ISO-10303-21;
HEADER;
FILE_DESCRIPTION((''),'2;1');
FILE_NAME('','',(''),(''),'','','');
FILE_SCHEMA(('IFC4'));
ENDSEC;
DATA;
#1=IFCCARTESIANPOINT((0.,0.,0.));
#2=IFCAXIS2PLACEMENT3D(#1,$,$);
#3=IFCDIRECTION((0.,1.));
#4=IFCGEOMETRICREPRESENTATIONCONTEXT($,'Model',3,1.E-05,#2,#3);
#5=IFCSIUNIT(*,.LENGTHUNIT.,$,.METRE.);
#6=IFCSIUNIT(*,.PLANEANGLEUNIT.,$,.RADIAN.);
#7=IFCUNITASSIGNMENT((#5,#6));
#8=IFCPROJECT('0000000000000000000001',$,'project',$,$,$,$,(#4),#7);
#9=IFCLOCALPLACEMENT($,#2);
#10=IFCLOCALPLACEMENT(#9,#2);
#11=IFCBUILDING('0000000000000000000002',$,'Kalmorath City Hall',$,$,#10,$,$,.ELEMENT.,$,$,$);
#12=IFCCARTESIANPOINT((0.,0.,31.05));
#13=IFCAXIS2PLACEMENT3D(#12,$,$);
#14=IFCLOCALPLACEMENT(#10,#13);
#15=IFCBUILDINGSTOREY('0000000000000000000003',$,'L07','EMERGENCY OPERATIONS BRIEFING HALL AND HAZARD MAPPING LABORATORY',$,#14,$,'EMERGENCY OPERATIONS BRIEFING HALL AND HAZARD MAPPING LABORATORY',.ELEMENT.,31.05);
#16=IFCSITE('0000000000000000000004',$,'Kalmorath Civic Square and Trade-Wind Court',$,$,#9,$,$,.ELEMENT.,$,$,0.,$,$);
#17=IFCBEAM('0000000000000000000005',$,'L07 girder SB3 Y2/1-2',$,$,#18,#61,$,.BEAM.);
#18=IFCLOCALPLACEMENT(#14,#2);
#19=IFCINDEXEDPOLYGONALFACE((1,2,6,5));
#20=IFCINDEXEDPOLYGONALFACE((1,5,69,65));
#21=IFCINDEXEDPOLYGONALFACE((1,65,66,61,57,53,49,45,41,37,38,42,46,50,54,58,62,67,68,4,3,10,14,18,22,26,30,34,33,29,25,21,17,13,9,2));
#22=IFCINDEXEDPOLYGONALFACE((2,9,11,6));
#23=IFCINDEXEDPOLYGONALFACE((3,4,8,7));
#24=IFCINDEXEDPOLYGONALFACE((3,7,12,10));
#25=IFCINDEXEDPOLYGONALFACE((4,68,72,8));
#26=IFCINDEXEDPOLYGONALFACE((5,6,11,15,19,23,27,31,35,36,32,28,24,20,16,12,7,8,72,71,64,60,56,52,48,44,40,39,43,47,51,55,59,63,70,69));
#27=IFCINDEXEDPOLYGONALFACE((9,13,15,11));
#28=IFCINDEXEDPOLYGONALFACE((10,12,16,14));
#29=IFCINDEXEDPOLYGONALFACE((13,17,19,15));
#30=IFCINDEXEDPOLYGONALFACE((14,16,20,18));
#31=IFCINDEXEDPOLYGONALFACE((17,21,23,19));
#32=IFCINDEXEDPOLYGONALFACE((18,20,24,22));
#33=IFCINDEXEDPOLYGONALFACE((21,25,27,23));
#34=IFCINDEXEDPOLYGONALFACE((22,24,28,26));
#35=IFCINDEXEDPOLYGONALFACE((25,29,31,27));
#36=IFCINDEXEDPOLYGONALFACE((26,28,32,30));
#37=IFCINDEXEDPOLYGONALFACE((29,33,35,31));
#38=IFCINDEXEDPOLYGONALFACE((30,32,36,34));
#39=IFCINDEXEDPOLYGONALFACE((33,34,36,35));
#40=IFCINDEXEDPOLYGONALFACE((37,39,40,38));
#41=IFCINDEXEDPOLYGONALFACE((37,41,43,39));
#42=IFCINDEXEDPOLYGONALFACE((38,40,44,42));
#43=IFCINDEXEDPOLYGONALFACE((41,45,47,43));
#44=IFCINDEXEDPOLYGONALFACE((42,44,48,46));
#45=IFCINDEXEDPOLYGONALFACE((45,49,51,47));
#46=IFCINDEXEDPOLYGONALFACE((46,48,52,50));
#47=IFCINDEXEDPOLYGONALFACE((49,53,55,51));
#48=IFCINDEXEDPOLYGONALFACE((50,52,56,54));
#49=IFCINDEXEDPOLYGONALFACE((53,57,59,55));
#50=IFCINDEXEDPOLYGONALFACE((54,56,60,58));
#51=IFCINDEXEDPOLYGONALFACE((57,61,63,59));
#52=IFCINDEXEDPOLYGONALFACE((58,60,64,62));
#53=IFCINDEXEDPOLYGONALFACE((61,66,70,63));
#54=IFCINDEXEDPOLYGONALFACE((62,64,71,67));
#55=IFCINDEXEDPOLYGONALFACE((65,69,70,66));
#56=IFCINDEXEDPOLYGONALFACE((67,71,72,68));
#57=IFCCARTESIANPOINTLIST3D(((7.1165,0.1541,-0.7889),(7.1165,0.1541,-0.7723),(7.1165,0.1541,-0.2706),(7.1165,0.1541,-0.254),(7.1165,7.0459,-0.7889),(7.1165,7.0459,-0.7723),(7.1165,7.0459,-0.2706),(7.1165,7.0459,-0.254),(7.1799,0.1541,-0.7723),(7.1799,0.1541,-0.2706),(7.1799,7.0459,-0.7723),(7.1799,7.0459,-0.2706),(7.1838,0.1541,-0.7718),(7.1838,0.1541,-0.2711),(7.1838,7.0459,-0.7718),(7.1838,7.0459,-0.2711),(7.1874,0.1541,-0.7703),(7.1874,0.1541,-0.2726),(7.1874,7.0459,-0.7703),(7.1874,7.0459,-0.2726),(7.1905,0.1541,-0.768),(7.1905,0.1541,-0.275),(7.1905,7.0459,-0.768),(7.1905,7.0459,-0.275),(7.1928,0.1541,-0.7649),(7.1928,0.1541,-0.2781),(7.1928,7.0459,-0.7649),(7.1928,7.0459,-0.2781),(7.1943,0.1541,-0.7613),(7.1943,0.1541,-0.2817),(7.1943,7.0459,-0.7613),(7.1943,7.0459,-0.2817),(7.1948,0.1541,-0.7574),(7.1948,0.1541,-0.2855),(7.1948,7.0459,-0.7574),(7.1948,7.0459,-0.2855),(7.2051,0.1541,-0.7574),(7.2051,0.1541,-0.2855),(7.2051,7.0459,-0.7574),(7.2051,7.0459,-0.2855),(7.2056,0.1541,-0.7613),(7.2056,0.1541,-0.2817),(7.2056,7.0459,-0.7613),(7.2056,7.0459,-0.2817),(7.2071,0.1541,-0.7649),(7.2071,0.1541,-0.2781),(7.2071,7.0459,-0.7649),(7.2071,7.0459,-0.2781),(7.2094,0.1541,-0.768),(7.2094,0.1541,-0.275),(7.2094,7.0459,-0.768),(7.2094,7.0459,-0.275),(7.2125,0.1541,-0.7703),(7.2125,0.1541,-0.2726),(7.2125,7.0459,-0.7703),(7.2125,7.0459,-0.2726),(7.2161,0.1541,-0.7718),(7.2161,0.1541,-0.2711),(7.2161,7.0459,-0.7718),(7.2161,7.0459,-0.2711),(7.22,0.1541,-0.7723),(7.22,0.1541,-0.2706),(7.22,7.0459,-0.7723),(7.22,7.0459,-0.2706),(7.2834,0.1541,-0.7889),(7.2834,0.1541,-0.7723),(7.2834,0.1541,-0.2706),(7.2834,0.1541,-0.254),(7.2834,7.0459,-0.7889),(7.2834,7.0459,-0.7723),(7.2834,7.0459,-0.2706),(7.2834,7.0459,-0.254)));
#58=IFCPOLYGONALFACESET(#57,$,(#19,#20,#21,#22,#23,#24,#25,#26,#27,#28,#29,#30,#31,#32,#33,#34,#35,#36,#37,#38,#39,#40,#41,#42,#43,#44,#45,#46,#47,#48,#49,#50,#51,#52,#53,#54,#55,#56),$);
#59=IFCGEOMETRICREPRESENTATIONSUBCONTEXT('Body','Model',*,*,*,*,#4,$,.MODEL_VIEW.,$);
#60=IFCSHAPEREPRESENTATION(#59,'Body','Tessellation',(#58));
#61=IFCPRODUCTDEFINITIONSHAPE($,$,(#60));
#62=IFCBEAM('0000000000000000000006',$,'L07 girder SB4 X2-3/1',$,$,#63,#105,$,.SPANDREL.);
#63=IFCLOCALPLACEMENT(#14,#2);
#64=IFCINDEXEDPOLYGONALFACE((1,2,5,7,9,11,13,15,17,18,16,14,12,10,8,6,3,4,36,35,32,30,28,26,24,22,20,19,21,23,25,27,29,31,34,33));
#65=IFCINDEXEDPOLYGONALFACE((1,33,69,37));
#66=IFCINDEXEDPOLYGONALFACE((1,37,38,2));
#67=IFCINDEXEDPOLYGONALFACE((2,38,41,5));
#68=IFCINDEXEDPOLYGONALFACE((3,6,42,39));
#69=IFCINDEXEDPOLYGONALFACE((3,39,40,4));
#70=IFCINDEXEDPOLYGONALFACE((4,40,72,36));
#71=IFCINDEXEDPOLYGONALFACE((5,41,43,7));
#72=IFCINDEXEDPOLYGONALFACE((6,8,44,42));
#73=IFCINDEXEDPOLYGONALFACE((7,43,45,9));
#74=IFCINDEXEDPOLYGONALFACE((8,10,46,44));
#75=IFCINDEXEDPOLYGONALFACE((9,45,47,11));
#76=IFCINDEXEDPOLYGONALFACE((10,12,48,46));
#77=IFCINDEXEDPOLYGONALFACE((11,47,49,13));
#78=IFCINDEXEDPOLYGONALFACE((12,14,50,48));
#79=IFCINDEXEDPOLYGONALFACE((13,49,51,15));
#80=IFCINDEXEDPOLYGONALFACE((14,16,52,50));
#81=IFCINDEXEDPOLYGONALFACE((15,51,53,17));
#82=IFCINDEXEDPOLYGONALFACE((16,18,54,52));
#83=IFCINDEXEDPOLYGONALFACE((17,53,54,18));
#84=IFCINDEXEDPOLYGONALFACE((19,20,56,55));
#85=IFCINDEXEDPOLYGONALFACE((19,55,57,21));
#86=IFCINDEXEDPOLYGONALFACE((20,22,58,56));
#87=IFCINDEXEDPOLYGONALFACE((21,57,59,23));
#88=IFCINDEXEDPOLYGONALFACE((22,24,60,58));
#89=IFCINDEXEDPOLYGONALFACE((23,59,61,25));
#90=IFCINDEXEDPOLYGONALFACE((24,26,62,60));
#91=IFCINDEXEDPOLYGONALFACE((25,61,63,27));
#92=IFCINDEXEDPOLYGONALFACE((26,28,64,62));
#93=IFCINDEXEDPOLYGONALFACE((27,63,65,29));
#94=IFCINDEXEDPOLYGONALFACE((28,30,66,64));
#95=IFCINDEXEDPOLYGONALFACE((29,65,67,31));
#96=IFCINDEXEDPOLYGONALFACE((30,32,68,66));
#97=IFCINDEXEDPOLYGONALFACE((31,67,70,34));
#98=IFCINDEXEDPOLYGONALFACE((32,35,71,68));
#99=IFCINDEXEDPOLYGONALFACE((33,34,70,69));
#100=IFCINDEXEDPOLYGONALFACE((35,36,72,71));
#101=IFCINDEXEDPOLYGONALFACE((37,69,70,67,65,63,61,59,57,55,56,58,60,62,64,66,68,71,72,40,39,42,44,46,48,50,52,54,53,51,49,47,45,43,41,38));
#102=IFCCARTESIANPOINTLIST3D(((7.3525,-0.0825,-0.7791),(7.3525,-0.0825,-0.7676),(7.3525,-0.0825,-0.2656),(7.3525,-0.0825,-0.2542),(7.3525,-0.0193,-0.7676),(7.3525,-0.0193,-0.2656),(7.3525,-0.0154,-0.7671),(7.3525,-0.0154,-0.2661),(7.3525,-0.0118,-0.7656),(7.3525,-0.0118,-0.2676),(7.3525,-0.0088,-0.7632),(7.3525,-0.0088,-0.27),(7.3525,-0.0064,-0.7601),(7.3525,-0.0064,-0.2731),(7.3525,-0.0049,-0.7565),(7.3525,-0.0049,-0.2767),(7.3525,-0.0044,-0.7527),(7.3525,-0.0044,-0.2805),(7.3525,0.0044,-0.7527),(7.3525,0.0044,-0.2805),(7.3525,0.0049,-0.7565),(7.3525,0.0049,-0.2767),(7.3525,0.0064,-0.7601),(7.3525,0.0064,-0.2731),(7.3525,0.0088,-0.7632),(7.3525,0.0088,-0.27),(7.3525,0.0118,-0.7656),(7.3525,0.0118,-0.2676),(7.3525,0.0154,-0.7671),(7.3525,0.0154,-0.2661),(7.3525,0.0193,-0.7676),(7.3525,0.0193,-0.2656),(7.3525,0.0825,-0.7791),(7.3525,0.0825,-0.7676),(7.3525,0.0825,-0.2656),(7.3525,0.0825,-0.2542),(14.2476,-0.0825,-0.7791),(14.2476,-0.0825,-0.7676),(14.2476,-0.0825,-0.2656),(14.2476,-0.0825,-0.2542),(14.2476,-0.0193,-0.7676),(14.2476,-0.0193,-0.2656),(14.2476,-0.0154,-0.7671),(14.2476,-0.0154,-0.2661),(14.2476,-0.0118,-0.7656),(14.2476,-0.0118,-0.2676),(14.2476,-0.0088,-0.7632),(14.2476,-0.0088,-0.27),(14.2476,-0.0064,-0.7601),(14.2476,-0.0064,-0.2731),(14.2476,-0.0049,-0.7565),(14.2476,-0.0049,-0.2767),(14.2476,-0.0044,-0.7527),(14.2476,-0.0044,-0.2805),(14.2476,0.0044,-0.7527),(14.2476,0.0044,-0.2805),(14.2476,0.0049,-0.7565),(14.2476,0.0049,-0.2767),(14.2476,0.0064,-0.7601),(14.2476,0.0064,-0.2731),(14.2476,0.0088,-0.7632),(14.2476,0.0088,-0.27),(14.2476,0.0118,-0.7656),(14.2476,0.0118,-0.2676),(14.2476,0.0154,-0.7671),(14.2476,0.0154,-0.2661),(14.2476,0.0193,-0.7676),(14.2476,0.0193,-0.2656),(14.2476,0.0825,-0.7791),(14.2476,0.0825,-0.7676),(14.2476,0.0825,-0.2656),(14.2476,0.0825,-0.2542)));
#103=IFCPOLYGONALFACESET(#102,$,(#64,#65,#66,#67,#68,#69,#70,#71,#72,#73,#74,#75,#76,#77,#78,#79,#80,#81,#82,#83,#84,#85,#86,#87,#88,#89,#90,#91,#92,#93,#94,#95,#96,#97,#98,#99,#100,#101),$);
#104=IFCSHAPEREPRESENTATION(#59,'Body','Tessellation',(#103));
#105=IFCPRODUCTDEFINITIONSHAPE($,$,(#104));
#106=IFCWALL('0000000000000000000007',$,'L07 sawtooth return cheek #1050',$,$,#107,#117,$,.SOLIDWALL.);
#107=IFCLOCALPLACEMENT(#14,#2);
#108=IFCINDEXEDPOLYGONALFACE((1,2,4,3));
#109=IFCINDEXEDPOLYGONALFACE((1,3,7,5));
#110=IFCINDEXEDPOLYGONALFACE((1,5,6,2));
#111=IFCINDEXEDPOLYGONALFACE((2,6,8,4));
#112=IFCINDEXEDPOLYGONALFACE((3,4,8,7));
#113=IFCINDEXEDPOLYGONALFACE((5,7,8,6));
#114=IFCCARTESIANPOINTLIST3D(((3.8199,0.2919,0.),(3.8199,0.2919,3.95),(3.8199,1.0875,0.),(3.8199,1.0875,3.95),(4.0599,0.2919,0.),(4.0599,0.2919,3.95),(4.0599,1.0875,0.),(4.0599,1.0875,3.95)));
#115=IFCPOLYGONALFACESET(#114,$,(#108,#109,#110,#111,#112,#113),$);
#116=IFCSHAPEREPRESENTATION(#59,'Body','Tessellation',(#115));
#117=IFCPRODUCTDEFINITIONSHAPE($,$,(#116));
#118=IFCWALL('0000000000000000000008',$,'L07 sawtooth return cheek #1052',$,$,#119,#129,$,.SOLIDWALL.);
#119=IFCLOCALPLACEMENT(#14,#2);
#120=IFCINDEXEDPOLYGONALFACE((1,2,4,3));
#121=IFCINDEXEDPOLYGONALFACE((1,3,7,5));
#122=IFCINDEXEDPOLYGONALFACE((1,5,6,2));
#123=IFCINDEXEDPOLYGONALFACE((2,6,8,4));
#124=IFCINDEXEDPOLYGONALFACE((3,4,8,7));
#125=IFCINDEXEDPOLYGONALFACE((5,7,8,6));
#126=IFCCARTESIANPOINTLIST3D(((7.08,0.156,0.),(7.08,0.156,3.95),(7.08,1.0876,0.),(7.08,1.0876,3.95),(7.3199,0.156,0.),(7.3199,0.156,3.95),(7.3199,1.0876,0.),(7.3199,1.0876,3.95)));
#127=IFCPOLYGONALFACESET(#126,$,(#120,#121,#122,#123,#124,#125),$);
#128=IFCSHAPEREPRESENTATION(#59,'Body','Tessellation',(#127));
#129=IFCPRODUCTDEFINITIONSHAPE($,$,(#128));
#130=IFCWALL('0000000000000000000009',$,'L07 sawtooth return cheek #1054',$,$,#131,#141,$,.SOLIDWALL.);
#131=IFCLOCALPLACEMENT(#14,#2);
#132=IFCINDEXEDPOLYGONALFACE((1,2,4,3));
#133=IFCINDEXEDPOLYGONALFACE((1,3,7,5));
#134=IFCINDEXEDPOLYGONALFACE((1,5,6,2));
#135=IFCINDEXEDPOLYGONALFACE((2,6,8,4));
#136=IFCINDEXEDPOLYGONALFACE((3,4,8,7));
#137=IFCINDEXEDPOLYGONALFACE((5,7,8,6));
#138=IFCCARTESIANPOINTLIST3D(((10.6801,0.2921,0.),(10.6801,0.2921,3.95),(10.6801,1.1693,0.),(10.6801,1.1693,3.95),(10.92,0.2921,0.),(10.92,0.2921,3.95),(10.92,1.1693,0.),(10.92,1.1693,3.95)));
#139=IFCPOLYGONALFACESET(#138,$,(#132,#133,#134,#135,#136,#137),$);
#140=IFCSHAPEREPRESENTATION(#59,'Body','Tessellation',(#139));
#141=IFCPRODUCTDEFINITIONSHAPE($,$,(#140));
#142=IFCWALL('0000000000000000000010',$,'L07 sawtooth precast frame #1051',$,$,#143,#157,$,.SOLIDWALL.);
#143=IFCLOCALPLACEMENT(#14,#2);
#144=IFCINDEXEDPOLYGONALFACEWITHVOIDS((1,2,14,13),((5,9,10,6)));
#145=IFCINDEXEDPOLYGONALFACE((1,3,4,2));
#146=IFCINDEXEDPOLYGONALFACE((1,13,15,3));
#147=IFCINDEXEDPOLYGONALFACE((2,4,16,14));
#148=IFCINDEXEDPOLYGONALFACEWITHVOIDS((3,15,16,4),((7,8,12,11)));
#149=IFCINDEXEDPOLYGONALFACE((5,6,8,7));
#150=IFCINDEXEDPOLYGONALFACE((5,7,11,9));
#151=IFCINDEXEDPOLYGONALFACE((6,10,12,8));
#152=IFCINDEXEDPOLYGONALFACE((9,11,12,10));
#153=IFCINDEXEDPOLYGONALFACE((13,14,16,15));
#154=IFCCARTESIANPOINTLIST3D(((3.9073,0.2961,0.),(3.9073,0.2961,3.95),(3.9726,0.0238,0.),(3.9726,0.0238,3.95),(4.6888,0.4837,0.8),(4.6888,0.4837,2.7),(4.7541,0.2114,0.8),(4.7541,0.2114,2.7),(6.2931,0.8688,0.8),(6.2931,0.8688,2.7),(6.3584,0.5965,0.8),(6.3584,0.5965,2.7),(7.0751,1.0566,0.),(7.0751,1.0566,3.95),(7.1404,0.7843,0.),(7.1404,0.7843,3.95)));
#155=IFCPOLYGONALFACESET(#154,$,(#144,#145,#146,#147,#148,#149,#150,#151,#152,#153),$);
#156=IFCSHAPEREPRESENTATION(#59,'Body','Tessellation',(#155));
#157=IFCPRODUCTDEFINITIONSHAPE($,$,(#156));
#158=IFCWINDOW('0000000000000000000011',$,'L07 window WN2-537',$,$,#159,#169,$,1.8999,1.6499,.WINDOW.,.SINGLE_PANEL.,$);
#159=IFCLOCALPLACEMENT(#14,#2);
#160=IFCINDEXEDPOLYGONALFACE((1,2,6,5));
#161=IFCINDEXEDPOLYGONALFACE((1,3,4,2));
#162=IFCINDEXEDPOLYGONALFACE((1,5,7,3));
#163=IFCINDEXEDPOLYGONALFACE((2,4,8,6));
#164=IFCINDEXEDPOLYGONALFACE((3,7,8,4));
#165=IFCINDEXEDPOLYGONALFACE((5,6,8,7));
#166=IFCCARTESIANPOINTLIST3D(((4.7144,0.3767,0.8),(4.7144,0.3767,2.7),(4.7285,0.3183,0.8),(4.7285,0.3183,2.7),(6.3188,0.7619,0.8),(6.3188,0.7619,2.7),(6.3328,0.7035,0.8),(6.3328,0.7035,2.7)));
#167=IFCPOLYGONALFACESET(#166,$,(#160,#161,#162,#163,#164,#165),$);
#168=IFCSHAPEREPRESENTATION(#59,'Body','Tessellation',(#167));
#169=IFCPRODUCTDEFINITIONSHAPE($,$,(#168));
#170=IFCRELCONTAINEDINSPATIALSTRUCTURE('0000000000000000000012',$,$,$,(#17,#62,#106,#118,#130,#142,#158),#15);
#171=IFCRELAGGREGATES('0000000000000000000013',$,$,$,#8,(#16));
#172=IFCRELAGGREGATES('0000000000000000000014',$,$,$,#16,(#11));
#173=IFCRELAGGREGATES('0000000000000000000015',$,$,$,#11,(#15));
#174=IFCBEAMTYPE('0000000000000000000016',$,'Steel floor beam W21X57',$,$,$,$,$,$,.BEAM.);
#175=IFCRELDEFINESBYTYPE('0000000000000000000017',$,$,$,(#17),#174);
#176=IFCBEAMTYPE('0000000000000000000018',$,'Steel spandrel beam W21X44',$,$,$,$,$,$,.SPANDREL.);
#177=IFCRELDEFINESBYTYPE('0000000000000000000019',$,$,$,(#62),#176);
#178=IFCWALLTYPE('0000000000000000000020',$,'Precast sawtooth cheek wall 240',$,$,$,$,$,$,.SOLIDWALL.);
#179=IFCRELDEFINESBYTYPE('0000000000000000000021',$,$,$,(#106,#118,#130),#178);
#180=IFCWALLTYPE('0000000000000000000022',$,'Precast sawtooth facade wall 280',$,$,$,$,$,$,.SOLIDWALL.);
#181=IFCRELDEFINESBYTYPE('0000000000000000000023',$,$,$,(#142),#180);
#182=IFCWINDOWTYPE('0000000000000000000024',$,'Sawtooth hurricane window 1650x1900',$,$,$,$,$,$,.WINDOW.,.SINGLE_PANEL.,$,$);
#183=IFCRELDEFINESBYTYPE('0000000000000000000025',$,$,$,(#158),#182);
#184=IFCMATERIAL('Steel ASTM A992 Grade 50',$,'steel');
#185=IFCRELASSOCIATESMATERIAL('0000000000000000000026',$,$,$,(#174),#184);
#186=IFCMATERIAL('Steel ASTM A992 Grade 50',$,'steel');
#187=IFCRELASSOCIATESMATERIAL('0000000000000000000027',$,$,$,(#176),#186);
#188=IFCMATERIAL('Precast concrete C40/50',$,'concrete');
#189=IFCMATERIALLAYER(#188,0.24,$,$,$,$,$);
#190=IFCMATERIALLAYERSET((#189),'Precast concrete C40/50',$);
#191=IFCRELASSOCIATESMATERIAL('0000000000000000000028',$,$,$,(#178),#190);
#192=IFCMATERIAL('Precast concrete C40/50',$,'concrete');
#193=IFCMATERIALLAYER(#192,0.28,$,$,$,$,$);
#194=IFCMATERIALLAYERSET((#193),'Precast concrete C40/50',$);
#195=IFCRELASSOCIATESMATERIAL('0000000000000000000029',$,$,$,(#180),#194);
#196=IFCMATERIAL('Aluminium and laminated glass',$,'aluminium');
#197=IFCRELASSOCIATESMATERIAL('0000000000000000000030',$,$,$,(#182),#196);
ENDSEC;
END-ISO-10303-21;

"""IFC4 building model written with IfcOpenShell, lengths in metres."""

from ifc_helpers import new_model, si_unit, direction, frame, frame_2d, origin, origin_2d, place, context, subcontext, project, spatial, rectangle, i_section, extrude, material, layer, layer_set, material_profile, profile_set, type_object, element, fill, save


model = new_model("IFC4")

# Units and contexts
model_context = context("Model", 3, precision=1e-05, world=origin(), true_north=direction((0.0, 1.0)))
body_context = subcontext(model_context, "Body", "Model", "MODEL_VIEW")
ifc_project = project(units=[si_unit("LENGTHUNIT", "METRE"), si_unit("PLANEANGLEUNIT", "RADIAN")], contexts=[model_context])

# Site, building, storey
site_placement = place(None, origin())
site = spatial("IfcSite", under=ifc_project, at=site_placement, Name="Kalmorath Civic Square and Trade-Wind Court", CompositionType="ELEMENT", RefElevation=0.0)
building_placement = place(site_placement, origin())
building = spatial("IfcBuilding", under=site, at=building_placement, Name="Kalmorath City Hall", CompositionType="ELEMENT")
storey_placement = place(building_placement, frame((0.0, 0.0, 31.05)))
storey = spatial("IfcBuildingStorey", under=building, at=storey_placement, Name="L07", Description="EMERGENCY OPERATIONS BRIEFING HALL AND HAZARD MAPPING LABORATORY", LongName="EMERGENCY OPERATIONS BRIEFING HALL AND HAZARD MAPPING LABORATORY", CompositionType="ELEMENT", Elevation=31.05)

# Beams
ifc_material_1 = material(Name="Steel ASTM A992 Grade 50", Category="steel")
ifc_material_profile_1 = material_profile(ifc_material_1, i_section(OverallWidth=0.167, OverallDepth=0.5349, WebThickness=0.0103, FlangeThickness=0.0166, FilletRadius=0.0149, at=origin_2d()), Name="W21X57")
ifc_profile_set_1 = profile_set([ifc_material_profile_1], Name="Steel ASTM A992 Grade 50")
beam_type_1 = type_object("IfcBeamType", Name="Steel floor beam W21X57", PredefinedType="BEAM", material=ifc_profile_set_1)
beam_1_placement = place(storey_placement, frame((7.2, 0.1541, -0.5215), z_axis=(0.0, 1.0, 0.0), x_axis=(-1.0, 0.0, 0.0)))
element("IfcBeam", 1, at=beam_1_placement, inside=storey, type_object=beam_type_1, Name="L07 girder SB3 Y2/1-2", PredefinedType="BEAM", context=body_context, shape_type="SweptSolid", body=[
    extrude(i_section(OverallWidth=0.167, OverallDepth=0.5349, WebThickness=0.0103, FlangeThickness=0.0166, FilletRadius=0.0149, at=origin_2d()), origin(), (0.0, 0.0, 1.0), 6.8918),
])
ifc_material_2 = material(Name="Steel ASTM A992 Grade 50", Category="steel")
ifc_material_profile_2 = material_profile(ifc_material_2, i_section(OverallWidth=0.165, OverallDepth=0.5249, WebThickness=0.0088, FlangeThickness=0.0115, FilletRadius=0.0149, at=origin_2d()), Name="W21X44")
ifc_profile_set_2 = profile_set([ifc_material_profile_2], Name="Steel ASTM A992 Grade 50")
beam_type_2 = type_object("IfcBeamType", Name="Steel spandrel beam W21X44", PredefinedType="SPANDREL", material=ifc_profile_set_2)
beam_2_placement = place(storey_placement, frame((7.3525, 0.0, -0.5166), z_axis=(1.0, 0.0, 0.0), x_axis=(0.0, 1.0, 0.0)))
element("IfcBeam", 2, at=beam_2_placement, inside=storey, type_object=beam_type_2, Name="L07 girder SB4 X2-3/1", PredefinedType="SPANDREL", context=body_context, shape_type="SweptSolid", body=[
    extrude(i_section(OverallWidth=0.165, OverallDepth=0.5249, WebThickness=0.0088, FlangeThickness=0.0115, FilletRadius=0.0149, at=origin_2d()), origin(), (0.0, 0.0, 1.0), 6.895),
])

# Walls
ifc_material_3 = material(Name="Precast concrete C40/50", Category="concrete")
ifc_layer_1 = layer(ifc_material_3, 0.24)
ifc_layer_set_1 = layer_set([ifc_layer_1], Name="Precast concrete C40/50")
wall_type_1 = type_object("IfcWallType", Name="Precast sawtooth cheek wall 240", PredefinedType="SOLIDWALL", material=ifc_layer_set_1)
wall_1_placement = place(storey_placement, frame((3.9399, 1.0876, 0.0), z_axis=(0.0, 0.0, 1.0), x_axis=(0.0, -1.0, 0.0)))
element("IfcWall", 3, at=wall_1_placement, inside=storey, type_object=wall_type_1, Name="L07 sawtooth return cheek #1050", PredefinedType="SOLIDWALL", context=body_context, shape_type="SweptSolid", body=[
    extrude(rectangle(XDim=0.7957, YDim=0.24, at=frame_2d((0.3979, 0.0))), origin(), (0.0, 0.0, 1.0), 3.95),
])
wall_2_placement = place(storey_placement, frame((7.2, 1.0876, 0.0), z_axis=(0.0, 0.0, 1.0), x_axis=(0.0, -1.0, 0.0)))
element("IfcWall", 4, at=wall_2_placement, inside=storey, type_object=wall_type_1, Name="L07 sawtooth return cheek #1052", PredefinedType="SOLIDWALL", context=body_context, shape_type="SweptSolid", body=[
    extrude(rectangle(XDim=0.9316, YDim=0.24, at=frame_2d((0.4658, 0.0))), origin(), (0.0, 0.0, 1.0), 3.95),
])
wall_3_placement = place(storey_placement, frame((10.8, 1.1692, 0.0), z_axis=(0.0, 0.0, 1.0), x_axis=(0.0, -1.0, 0.0)))
element("IfcWall", 5, at=wall_3_placement, inside=storey, type_object=wall_type_1, Name="L07 sawtooth return cheek #1054", PredefinedType="SOLIDWALL", context=body_context, shape_type="SweptSolid", body=[
    extrude(rectangle(XDim=0.8772, YDim=0.24, at=frame_2d((0.4385, 0.0))), origin(), (0.0, 0.0, 1.0), 3.95),
])

# Wall, opening, window
ifc_material_4 = material(Name="Precast concrete C40/50", Category="concrete")
ifc_layer_2 = layer(ifc_material_4, 0.28)
ifc_layer_set_2 = layer_set([ifc_layer_2], Name="Precast concrete C40/50")
wall_type_2 = type_object("IfcWallType", Name="Precast sawtooth facade wall 280", PredefinedType="SOLIDWALL", material=ifc_layer_set_2)
wall_4_placement = place(storey_placement, frame((3.9399, 0.1599, 0.0), z_axis=(0.0, 0.0, 1.0), x_axis=(0.97237, 0.233444, 0.0)))
wall_4 = element("IfcWall", 6, at=wall_4_placement, inside=storey, type_object=wall_type_2, Name="L07 sawtooth precast frame #1051", PredefinedType="SOLIDWALL", context=body_context, shape_type="SweptSolid", body=[
    extrude(rectangle(XDim=3.2578, YDim=0.28, at=frame_2d((1.6289, 0.0))), origin(), (0.0, 0.0, 1.0), 3.95),
])
opening_1_placement = place(wall_4_placement, frame((0.8037, 0.0, 0.8)))
opening_1 = element("IfcOpeningElement", 7, at=opening_1_placement, cuts=wall_4, PredefinedType="OPENING", context=body_context, shape_type="SweptSolid", body=[
    extrude(rectangle(XDim=1.6499, YDim=1.8999, at=frame_2d((0.825, 0.95))), frame((0.0, 0.1499, 0.0), z_axis=(0.0, -1.0, 0.0), x_axis=(1.0, 0.0, 0.0)), (0.0, 0.0, 1.0), 0.3),
])
ifc_material_5 = material(Name="Aluminium and laminated glass", Category="aluminium")
window_type = type_object("IfcWindowType", Name="Sawtooth hurricane window 1650x1900", PartitioningType="SINGLE_PANEL", PredefinedType="WINDOW", material=ifc_material_5)
window_1_placement = place(opening_1_placement, origin())
window_1 = element("IfcWindow", 8, at=window_1_placement, inside=storey, type_object=window_type, Name="L07 window WN2-537", OverallHeight=1.8999, OverallWidth=1.6499, PartitioningType="SINGLE_PANEL", PredefinedType="WINDOW", context=body_context, shape_type="SweptSolid", body=[
    extrude(rectangle(XDim=1.6499, YDim=1.8999, at=frame_2d((0.825, 0.95))), frame((0.0, 0.03, 0.0), z_axis=(0.0, -1.0, 0.0), x_axis=(1.0, 0.0, 0.0)), (0.0, 0.0, 1.0), 0.0601),
])
fill(opening_1, window_1)

save(model, "model.ifc")
